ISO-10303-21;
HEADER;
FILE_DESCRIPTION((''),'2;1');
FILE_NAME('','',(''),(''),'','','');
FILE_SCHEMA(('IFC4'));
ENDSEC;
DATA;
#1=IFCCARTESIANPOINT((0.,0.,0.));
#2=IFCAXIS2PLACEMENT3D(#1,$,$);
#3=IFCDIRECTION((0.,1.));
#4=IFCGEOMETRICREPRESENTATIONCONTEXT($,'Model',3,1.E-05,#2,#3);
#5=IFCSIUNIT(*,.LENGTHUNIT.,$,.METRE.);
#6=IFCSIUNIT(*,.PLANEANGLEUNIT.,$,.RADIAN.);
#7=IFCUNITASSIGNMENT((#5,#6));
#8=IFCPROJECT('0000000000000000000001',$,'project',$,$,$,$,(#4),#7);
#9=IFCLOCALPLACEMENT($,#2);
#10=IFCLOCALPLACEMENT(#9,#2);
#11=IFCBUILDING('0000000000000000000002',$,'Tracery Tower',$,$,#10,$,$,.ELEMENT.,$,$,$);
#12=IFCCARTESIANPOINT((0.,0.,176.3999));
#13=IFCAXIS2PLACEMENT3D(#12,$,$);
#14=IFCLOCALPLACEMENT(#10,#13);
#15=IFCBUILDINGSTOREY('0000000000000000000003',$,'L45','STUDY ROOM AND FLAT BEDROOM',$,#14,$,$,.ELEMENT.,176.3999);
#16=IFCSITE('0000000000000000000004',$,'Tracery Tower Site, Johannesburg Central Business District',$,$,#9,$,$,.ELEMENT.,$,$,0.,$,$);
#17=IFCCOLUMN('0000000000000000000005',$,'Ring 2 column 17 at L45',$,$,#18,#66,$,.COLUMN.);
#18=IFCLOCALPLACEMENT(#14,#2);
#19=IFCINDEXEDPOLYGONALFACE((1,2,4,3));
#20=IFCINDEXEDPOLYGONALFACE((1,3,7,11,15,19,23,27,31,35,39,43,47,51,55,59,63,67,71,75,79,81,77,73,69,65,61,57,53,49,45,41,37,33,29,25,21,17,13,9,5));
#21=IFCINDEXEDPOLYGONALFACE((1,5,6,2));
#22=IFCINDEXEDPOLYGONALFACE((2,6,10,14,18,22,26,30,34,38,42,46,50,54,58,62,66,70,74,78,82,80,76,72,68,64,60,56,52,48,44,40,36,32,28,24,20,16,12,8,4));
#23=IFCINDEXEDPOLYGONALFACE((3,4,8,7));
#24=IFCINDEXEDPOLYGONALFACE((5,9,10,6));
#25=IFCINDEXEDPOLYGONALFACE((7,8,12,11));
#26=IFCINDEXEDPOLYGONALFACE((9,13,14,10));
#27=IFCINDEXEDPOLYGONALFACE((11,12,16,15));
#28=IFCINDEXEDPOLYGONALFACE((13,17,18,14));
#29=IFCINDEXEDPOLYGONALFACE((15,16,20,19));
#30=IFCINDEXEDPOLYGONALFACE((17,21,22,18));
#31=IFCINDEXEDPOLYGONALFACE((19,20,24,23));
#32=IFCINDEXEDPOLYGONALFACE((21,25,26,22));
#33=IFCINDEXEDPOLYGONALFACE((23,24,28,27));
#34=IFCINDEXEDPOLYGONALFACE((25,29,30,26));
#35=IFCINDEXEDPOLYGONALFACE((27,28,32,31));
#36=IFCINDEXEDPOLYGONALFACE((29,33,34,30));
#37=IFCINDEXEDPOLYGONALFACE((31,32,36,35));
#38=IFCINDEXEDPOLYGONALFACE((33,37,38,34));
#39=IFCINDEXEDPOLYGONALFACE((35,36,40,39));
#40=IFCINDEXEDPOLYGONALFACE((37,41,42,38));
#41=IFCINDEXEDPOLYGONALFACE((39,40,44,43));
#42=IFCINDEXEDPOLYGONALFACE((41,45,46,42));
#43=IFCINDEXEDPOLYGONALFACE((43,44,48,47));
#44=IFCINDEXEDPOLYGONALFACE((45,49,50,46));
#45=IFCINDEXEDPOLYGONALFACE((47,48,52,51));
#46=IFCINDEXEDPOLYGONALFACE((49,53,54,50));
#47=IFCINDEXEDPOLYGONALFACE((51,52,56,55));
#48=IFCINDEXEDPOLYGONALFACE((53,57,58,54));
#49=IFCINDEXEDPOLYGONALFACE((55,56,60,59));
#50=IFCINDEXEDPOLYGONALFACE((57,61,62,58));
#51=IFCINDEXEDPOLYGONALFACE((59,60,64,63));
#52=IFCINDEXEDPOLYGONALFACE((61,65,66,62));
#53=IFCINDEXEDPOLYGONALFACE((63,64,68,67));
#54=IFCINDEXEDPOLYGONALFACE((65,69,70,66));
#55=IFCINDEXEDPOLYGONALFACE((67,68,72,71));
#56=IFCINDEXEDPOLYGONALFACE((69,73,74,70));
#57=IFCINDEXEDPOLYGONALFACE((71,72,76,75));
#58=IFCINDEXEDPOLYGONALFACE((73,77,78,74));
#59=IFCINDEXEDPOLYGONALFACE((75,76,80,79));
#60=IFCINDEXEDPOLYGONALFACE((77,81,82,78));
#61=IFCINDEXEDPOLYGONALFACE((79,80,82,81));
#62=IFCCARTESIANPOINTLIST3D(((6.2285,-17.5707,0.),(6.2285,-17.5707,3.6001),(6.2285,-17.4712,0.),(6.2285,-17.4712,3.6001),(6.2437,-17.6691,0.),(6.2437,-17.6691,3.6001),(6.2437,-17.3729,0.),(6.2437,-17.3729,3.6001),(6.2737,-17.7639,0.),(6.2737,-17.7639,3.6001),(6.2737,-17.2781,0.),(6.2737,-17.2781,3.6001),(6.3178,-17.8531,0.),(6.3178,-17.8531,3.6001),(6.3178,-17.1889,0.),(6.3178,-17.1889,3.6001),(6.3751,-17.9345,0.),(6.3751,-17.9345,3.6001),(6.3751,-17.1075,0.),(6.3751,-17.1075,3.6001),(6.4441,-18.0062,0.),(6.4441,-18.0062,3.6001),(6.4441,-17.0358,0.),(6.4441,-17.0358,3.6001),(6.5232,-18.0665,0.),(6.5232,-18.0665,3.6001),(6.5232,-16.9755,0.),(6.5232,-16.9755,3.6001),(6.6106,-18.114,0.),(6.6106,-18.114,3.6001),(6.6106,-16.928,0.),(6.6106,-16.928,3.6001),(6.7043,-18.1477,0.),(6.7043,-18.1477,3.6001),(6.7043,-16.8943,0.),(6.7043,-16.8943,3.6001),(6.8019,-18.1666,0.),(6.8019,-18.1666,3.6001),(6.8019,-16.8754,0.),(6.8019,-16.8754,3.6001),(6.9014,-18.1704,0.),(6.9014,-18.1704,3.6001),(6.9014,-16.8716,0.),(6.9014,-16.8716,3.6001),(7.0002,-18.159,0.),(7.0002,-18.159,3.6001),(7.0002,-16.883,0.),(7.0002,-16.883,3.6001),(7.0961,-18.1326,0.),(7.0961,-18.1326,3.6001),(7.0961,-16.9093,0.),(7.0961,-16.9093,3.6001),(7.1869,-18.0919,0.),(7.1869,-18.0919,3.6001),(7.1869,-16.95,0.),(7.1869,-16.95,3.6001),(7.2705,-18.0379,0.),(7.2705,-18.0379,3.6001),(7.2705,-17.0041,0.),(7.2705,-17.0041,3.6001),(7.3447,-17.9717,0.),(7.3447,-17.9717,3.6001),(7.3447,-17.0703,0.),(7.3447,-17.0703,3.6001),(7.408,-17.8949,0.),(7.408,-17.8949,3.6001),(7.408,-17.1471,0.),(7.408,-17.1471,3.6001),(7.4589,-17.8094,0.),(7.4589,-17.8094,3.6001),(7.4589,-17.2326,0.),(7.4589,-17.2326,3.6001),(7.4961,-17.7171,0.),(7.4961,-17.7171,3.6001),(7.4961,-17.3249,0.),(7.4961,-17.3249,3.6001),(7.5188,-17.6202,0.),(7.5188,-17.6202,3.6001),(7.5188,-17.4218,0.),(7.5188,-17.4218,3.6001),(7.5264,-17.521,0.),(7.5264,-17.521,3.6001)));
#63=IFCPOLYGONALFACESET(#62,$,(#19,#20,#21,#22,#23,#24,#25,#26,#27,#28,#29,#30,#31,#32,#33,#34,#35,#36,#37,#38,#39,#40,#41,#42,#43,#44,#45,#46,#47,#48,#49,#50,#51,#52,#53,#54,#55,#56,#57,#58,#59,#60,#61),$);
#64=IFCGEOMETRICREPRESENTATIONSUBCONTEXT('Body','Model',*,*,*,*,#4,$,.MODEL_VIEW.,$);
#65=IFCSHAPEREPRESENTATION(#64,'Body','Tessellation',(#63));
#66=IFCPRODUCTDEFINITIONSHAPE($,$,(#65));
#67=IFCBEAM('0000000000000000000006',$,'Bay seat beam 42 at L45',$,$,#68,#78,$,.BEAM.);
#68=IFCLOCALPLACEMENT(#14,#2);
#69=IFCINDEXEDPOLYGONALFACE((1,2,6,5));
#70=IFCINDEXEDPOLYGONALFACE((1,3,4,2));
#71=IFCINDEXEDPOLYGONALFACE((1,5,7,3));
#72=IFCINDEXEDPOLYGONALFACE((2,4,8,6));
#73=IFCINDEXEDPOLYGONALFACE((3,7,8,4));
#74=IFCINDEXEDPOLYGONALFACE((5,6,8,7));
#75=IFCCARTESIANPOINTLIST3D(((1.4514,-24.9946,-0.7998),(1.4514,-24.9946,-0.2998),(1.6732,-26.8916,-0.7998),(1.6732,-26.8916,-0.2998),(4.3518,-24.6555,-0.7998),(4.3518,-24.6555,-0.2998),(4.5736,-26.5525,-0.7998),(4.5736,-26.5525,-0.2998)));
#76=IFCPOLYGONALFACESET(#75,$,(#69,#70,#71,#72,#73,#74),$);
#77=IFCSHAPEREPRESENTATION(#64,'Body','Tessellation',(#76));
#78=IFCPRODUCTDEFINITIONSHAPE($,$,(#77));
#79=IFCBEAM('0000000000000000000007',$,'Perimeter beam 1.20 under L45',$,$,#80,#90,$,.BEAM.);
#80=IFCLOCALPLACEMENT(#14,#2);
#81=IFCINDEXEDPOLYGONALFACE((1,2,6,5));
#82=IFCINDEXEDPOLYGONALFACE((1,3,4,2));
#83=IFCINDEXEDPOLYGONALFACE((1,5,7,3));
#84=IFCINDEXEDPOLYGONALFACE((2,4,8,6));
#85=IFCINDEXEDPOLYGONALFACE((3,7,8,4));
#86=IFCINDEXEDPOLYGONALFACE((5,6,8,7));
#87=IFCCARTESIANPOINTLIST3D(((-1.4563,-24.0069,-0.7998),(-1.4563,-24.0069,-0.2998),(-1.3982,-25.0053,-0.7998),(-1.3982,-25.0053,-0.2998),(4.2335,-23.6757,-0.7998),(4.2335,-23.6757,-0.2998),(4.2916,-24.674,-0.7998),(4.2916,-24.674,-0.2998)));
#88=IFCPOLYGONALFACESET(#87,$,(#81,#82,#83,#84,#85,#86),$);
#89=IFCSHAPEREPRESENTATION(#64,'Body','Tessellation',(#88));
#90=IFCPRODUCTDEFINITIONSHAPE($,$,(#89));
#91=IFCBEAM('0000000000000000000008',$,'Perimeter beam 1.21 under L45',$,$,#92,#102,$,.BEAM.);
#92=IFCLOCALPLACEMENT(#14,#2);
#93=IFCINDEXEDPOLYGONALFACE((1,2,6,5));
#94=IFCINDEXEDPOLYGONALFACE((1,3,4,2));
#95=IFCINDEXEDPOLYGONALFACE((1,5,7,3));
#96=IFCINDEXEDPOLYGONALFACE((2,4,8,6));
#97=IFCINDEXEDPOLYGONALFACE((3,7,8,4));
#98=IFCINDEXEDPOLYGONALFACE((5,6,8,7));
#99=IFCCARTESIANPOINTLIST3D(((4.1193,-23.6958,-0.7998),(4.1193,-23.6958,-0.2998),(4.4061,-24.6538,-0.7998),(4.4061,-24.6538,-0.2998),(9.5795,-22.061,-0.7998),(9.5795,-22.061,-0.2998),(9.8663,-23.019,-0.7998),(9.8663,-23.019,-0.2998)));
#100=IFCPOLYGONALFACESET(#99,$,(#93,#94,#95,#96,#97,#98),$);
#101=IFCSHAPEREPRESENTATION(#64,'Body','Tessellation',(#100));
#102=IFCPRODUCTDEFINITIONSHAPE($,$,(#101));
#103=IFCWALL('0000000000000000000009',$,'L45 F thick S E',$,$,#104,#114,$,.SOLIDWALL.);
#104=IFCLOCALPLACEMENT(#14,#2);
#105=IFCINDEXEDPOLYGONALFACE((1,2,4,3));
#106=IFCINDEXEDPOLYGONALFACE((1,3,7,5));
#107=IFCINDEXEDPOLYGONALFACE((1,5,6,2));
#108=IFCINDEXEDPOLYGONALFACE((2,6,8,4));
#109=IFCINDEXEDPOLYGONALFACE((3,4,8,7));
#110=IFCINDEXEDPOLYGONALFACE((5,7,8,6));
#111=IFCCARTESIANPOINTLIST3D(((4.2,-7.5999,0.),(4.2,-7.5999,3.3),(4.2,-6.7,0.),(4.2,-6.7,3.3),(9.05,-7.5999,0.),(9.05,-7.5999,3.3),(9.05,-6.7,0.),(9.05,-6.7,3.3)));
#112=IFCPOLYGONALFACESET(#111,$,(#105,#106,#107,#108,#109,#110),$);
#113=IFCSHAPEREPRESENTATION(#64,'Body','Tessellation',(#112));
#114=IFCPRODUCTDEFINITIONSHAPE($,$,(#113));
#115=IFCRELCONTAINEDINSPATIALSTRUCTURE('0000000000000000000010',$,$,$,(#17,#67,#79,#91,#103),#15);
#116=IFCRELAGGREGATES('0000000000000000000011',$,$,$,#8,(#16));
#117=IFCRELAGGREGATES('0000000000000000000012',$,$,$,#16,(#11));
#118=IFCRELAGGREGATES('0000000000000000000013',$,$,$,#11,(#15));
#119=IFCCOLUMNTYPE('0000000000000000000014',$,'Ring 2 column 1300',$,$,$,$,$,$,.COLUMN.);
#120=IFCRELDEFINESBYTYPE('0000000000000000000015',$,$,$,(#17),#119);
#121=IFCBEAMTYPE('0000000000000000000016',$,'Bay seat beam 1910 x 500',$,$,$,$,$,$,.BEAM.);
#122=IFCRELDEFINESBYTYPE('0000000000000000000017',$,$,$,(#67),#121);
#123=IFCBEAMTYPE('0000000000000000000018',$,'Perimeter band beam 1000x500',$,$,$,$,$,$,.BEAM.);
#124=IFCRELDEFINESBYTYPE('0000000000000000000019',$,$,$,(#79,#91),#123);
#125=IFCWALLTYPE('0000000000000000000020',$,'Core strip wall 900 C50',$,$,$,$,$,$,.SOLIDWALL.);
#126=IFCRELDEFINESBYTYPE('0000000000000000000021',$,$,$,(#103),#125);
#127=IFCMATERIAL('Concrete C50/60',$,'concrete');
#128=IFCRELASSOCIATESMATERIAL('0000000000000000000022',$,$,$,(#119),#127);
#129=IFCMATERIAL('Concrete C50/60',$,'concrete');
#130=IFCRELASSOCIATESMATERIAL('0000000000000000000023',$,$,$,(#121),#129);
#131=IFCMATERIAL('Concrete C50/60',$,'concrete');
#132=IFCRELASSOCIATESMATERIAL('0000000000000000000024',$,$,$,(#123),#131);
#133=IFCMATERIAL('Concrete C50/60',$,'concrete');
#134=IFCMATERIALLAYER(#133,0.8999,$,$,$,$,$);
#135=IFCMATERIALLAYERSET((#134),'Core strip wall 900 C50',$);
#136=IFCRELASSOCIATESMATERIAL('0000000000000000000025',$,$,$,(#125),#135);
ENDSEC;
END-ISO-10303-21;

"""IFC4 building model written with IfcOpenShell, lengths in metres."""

from ifc_helpers import new_model, si_unit, direction, frame, frame_2d, origin, origin_2d, place, context, subcontext, project, spatial, rectangle, circle, extrude, material, layer, layer_set, material_profile, profile_set, type_object, element, save


model = new_model("IFC4")

# Units and contexts
model_context = context("Model", 3, precision=1e-05, world=origin(), true_north=direction((0.0, 1.0)))
body_context = subcontext(model_context, "Body", "Model", "MODEL_VIEW")
ifc_project = project(units=[si_unit("LENGTHUNIT", "METRE"), si_unit("PLANEANGLEUNIT", "RADIAN")], contexts=[model_context])

# Site, building, storey
site_placement = place(None, origin())
site = spatial("IfcSite", under=ifc_project, at=site_placement, Name="Tracery Tower Site, Johannesburg Central Business District", CompositionType="ELEMENT", RefElevation=0.0)
building_placement = place(site_placement, origin())
building = spatial("IfcBuilding", under=site, at=building_placement, Name="Tracery Tower", CompositionType="ELEMENT")
storey_placement = place(building_placement, frame((0.0, 0.0, 176.3999)))
storey = spatial("IfcBuildingStorey", under=building, at=storey_placement, Name="L45", Description="STUDY ROOM AND FLAT BEDROOM", CompositionType="ELEMENT", Elevation=176.3999)

# Column
ifc_material_1 = material(Name="Concrete C50/60", Category="concrete")
ifc_material_profile_1 = material_profile(ifc_material_1, circle(Radius=0.6499, at=origin_2d()), Name="RC D1300")
ifc_profile_set_1 = profile_set([ifc_material_profile_1], Name="Concrete C50/60")
column_type_1 = type_object("IfcColumnType", Name="Ring 2 column 1300", PredefinedType="COLUMN", material=ifc_profile_set_1)
for number, where, z_axis, x_axis, name in (
    (1, (6.8765, -17.521, 0.0), (0.0, 0.0, 1.0), (1.0, 0.0, 0.0), "Ring 2 column 17 at L45"),
):
    element("IfcColumn", number, at=place(storey_placement, frame(where, z_axis=z_axis, x_axis=x_axis)), inside=storey, type_object=column_type_1, Name=name, PredefinedType="COLUMN", context=body_context, shape_type="SweptSolid", body=[
        extrude(circle(Radius=0.6499, at=origin_2d()), origin(), (0.0, 0.0, 1.0), 3.6001),
    ])

# Beams
ifc_material_2 = material(Name="Concrete C50/60", Category="concrete")
ifc_material_profile_2 = material_profile(ifc_material_2, rectangle(XDim=1.9099, YDim=0.5, at=origin_2d()), Name="RC 1910x500")
ifc_profile_set_2 = profile_set([ifc_material_profile_2], Name="Concrete C50/60")
beam_type_1 = type_object("IfcBeamType", Name="Bay seat beam 1910 x 500", PredefinedType="BEAM", material=ifc_profile_set_2)
beam_1_placement = place(storey_placement, frame((1.5623, -25.9431, -0.5498), z_axis=(0.993234, 0.116128, 0.0), x_axis=(-0.116128, 0.993234, 0.0)))
element("IfcBeam", 2, at=beam_1_placement, inside=storey, type_object=beam_type_1, Name="Bay seat beam 42 at L45", PredefinedType="BEAM", context=body_context, shape_type="SweptSolid", body=[
    extrude(rectangle(XDim=1.9099, YDim=0.5, at=origin_2d()), origin(), (0.0, 0.0, 1.0), 2.9202),
])
ifc_material_3 = material(Name="Concrete C50/60", Category="concrete")
ifc_material_profile_3 = material_profile(ifc_material_3, rectangle(XDim=1.0, YDim=0.5, at=origin_2d()), Name="RC 1000x500")
ifc_profile_set_3 = profile_set([ifc_material_profile_3], Name="Concrete C50/60")
beam_type_2 = type_object("IfcBeamType", Name="Perimeter band beam 1000x500", PredefinedType="BEAM", material=ifc_profile_set_3)
beam_2_placement = place(storey_placement, frame((-1.4272, -24.5061, -0.5498), z_axis=(0.998309, 0.058127, 0.0), x_axis=(-0.058127, 0.998309, 0.0)))
element("IfcBeam", 3, at=beam_2_placement, inside=storey, type_object=beam_type_2, Name="Perimeter beam 1.20 under L45", PredefinedType="BEAM", context=body_context, shape_type="SweptSolid", body=[
    extrude(rectangle(XDim=1.0, YDim=0.5, at=origin_2d()), origin(), (0.0, 0.0, 1.0), 5.6995),
])
beam_3_placement = place(storey_placement, frame((4.2627, -24.1748, -0.5498), z_axis=(0.957985, 0.286817, 0.0), x_axis=(-0.286817, 0.957985, 0.0)))
element("IfcBeam", 4, at=beam_3_placement, inside=storey, type_object=beam_type_2, Name="Perimeter beam 1.21 under L45", PredefinedType="BEAM", context=body_context, shape_type="SweptSolid", body=[
    extrude(rectangle(XDim=1.0, YDim=0.5, at=origin_2d()), origin(), (0.0, 0.0, 1.0), 5.6997),
])

# Wall
ifc_material_4 = material(Name="Concrete C50/60", Category="concrete")
ifc_layer_1 = layer(ifc_material_4, 0.8999)
ifc_layer_set_1 = layer_set([ifc_layer_1], Name="Core strip wall 900 C50")
wall_type_1 = type_object("IfcWallType", Name="Core strip wall 900 C50", PredefinedType="SOLIDWALL", material=ifc_layer_set_1)
wall_1_placement = place(storey_placement, frame((4.2, -7.1499, 0.0), z_axis=(0.0, 0.0, 1.0), x_axis=(1.0, 0.0, 0.0)))
element("IfcWall", 5, at=wall_1_placement, inside=storey, type_object=wall_type_1, Name="L45 F thick S E", PredefinedType="SOLIDWALL", context=body_context, shape_type="SweptSolid", body=[
    extrude(rectangle(XDim=4.8501, YDim=0.8999, at=frame_2d((2.425, 0.0))), origin(), (0.0, 0.0, 1.0), 3.3),
])

save(model, "model.ifc")
